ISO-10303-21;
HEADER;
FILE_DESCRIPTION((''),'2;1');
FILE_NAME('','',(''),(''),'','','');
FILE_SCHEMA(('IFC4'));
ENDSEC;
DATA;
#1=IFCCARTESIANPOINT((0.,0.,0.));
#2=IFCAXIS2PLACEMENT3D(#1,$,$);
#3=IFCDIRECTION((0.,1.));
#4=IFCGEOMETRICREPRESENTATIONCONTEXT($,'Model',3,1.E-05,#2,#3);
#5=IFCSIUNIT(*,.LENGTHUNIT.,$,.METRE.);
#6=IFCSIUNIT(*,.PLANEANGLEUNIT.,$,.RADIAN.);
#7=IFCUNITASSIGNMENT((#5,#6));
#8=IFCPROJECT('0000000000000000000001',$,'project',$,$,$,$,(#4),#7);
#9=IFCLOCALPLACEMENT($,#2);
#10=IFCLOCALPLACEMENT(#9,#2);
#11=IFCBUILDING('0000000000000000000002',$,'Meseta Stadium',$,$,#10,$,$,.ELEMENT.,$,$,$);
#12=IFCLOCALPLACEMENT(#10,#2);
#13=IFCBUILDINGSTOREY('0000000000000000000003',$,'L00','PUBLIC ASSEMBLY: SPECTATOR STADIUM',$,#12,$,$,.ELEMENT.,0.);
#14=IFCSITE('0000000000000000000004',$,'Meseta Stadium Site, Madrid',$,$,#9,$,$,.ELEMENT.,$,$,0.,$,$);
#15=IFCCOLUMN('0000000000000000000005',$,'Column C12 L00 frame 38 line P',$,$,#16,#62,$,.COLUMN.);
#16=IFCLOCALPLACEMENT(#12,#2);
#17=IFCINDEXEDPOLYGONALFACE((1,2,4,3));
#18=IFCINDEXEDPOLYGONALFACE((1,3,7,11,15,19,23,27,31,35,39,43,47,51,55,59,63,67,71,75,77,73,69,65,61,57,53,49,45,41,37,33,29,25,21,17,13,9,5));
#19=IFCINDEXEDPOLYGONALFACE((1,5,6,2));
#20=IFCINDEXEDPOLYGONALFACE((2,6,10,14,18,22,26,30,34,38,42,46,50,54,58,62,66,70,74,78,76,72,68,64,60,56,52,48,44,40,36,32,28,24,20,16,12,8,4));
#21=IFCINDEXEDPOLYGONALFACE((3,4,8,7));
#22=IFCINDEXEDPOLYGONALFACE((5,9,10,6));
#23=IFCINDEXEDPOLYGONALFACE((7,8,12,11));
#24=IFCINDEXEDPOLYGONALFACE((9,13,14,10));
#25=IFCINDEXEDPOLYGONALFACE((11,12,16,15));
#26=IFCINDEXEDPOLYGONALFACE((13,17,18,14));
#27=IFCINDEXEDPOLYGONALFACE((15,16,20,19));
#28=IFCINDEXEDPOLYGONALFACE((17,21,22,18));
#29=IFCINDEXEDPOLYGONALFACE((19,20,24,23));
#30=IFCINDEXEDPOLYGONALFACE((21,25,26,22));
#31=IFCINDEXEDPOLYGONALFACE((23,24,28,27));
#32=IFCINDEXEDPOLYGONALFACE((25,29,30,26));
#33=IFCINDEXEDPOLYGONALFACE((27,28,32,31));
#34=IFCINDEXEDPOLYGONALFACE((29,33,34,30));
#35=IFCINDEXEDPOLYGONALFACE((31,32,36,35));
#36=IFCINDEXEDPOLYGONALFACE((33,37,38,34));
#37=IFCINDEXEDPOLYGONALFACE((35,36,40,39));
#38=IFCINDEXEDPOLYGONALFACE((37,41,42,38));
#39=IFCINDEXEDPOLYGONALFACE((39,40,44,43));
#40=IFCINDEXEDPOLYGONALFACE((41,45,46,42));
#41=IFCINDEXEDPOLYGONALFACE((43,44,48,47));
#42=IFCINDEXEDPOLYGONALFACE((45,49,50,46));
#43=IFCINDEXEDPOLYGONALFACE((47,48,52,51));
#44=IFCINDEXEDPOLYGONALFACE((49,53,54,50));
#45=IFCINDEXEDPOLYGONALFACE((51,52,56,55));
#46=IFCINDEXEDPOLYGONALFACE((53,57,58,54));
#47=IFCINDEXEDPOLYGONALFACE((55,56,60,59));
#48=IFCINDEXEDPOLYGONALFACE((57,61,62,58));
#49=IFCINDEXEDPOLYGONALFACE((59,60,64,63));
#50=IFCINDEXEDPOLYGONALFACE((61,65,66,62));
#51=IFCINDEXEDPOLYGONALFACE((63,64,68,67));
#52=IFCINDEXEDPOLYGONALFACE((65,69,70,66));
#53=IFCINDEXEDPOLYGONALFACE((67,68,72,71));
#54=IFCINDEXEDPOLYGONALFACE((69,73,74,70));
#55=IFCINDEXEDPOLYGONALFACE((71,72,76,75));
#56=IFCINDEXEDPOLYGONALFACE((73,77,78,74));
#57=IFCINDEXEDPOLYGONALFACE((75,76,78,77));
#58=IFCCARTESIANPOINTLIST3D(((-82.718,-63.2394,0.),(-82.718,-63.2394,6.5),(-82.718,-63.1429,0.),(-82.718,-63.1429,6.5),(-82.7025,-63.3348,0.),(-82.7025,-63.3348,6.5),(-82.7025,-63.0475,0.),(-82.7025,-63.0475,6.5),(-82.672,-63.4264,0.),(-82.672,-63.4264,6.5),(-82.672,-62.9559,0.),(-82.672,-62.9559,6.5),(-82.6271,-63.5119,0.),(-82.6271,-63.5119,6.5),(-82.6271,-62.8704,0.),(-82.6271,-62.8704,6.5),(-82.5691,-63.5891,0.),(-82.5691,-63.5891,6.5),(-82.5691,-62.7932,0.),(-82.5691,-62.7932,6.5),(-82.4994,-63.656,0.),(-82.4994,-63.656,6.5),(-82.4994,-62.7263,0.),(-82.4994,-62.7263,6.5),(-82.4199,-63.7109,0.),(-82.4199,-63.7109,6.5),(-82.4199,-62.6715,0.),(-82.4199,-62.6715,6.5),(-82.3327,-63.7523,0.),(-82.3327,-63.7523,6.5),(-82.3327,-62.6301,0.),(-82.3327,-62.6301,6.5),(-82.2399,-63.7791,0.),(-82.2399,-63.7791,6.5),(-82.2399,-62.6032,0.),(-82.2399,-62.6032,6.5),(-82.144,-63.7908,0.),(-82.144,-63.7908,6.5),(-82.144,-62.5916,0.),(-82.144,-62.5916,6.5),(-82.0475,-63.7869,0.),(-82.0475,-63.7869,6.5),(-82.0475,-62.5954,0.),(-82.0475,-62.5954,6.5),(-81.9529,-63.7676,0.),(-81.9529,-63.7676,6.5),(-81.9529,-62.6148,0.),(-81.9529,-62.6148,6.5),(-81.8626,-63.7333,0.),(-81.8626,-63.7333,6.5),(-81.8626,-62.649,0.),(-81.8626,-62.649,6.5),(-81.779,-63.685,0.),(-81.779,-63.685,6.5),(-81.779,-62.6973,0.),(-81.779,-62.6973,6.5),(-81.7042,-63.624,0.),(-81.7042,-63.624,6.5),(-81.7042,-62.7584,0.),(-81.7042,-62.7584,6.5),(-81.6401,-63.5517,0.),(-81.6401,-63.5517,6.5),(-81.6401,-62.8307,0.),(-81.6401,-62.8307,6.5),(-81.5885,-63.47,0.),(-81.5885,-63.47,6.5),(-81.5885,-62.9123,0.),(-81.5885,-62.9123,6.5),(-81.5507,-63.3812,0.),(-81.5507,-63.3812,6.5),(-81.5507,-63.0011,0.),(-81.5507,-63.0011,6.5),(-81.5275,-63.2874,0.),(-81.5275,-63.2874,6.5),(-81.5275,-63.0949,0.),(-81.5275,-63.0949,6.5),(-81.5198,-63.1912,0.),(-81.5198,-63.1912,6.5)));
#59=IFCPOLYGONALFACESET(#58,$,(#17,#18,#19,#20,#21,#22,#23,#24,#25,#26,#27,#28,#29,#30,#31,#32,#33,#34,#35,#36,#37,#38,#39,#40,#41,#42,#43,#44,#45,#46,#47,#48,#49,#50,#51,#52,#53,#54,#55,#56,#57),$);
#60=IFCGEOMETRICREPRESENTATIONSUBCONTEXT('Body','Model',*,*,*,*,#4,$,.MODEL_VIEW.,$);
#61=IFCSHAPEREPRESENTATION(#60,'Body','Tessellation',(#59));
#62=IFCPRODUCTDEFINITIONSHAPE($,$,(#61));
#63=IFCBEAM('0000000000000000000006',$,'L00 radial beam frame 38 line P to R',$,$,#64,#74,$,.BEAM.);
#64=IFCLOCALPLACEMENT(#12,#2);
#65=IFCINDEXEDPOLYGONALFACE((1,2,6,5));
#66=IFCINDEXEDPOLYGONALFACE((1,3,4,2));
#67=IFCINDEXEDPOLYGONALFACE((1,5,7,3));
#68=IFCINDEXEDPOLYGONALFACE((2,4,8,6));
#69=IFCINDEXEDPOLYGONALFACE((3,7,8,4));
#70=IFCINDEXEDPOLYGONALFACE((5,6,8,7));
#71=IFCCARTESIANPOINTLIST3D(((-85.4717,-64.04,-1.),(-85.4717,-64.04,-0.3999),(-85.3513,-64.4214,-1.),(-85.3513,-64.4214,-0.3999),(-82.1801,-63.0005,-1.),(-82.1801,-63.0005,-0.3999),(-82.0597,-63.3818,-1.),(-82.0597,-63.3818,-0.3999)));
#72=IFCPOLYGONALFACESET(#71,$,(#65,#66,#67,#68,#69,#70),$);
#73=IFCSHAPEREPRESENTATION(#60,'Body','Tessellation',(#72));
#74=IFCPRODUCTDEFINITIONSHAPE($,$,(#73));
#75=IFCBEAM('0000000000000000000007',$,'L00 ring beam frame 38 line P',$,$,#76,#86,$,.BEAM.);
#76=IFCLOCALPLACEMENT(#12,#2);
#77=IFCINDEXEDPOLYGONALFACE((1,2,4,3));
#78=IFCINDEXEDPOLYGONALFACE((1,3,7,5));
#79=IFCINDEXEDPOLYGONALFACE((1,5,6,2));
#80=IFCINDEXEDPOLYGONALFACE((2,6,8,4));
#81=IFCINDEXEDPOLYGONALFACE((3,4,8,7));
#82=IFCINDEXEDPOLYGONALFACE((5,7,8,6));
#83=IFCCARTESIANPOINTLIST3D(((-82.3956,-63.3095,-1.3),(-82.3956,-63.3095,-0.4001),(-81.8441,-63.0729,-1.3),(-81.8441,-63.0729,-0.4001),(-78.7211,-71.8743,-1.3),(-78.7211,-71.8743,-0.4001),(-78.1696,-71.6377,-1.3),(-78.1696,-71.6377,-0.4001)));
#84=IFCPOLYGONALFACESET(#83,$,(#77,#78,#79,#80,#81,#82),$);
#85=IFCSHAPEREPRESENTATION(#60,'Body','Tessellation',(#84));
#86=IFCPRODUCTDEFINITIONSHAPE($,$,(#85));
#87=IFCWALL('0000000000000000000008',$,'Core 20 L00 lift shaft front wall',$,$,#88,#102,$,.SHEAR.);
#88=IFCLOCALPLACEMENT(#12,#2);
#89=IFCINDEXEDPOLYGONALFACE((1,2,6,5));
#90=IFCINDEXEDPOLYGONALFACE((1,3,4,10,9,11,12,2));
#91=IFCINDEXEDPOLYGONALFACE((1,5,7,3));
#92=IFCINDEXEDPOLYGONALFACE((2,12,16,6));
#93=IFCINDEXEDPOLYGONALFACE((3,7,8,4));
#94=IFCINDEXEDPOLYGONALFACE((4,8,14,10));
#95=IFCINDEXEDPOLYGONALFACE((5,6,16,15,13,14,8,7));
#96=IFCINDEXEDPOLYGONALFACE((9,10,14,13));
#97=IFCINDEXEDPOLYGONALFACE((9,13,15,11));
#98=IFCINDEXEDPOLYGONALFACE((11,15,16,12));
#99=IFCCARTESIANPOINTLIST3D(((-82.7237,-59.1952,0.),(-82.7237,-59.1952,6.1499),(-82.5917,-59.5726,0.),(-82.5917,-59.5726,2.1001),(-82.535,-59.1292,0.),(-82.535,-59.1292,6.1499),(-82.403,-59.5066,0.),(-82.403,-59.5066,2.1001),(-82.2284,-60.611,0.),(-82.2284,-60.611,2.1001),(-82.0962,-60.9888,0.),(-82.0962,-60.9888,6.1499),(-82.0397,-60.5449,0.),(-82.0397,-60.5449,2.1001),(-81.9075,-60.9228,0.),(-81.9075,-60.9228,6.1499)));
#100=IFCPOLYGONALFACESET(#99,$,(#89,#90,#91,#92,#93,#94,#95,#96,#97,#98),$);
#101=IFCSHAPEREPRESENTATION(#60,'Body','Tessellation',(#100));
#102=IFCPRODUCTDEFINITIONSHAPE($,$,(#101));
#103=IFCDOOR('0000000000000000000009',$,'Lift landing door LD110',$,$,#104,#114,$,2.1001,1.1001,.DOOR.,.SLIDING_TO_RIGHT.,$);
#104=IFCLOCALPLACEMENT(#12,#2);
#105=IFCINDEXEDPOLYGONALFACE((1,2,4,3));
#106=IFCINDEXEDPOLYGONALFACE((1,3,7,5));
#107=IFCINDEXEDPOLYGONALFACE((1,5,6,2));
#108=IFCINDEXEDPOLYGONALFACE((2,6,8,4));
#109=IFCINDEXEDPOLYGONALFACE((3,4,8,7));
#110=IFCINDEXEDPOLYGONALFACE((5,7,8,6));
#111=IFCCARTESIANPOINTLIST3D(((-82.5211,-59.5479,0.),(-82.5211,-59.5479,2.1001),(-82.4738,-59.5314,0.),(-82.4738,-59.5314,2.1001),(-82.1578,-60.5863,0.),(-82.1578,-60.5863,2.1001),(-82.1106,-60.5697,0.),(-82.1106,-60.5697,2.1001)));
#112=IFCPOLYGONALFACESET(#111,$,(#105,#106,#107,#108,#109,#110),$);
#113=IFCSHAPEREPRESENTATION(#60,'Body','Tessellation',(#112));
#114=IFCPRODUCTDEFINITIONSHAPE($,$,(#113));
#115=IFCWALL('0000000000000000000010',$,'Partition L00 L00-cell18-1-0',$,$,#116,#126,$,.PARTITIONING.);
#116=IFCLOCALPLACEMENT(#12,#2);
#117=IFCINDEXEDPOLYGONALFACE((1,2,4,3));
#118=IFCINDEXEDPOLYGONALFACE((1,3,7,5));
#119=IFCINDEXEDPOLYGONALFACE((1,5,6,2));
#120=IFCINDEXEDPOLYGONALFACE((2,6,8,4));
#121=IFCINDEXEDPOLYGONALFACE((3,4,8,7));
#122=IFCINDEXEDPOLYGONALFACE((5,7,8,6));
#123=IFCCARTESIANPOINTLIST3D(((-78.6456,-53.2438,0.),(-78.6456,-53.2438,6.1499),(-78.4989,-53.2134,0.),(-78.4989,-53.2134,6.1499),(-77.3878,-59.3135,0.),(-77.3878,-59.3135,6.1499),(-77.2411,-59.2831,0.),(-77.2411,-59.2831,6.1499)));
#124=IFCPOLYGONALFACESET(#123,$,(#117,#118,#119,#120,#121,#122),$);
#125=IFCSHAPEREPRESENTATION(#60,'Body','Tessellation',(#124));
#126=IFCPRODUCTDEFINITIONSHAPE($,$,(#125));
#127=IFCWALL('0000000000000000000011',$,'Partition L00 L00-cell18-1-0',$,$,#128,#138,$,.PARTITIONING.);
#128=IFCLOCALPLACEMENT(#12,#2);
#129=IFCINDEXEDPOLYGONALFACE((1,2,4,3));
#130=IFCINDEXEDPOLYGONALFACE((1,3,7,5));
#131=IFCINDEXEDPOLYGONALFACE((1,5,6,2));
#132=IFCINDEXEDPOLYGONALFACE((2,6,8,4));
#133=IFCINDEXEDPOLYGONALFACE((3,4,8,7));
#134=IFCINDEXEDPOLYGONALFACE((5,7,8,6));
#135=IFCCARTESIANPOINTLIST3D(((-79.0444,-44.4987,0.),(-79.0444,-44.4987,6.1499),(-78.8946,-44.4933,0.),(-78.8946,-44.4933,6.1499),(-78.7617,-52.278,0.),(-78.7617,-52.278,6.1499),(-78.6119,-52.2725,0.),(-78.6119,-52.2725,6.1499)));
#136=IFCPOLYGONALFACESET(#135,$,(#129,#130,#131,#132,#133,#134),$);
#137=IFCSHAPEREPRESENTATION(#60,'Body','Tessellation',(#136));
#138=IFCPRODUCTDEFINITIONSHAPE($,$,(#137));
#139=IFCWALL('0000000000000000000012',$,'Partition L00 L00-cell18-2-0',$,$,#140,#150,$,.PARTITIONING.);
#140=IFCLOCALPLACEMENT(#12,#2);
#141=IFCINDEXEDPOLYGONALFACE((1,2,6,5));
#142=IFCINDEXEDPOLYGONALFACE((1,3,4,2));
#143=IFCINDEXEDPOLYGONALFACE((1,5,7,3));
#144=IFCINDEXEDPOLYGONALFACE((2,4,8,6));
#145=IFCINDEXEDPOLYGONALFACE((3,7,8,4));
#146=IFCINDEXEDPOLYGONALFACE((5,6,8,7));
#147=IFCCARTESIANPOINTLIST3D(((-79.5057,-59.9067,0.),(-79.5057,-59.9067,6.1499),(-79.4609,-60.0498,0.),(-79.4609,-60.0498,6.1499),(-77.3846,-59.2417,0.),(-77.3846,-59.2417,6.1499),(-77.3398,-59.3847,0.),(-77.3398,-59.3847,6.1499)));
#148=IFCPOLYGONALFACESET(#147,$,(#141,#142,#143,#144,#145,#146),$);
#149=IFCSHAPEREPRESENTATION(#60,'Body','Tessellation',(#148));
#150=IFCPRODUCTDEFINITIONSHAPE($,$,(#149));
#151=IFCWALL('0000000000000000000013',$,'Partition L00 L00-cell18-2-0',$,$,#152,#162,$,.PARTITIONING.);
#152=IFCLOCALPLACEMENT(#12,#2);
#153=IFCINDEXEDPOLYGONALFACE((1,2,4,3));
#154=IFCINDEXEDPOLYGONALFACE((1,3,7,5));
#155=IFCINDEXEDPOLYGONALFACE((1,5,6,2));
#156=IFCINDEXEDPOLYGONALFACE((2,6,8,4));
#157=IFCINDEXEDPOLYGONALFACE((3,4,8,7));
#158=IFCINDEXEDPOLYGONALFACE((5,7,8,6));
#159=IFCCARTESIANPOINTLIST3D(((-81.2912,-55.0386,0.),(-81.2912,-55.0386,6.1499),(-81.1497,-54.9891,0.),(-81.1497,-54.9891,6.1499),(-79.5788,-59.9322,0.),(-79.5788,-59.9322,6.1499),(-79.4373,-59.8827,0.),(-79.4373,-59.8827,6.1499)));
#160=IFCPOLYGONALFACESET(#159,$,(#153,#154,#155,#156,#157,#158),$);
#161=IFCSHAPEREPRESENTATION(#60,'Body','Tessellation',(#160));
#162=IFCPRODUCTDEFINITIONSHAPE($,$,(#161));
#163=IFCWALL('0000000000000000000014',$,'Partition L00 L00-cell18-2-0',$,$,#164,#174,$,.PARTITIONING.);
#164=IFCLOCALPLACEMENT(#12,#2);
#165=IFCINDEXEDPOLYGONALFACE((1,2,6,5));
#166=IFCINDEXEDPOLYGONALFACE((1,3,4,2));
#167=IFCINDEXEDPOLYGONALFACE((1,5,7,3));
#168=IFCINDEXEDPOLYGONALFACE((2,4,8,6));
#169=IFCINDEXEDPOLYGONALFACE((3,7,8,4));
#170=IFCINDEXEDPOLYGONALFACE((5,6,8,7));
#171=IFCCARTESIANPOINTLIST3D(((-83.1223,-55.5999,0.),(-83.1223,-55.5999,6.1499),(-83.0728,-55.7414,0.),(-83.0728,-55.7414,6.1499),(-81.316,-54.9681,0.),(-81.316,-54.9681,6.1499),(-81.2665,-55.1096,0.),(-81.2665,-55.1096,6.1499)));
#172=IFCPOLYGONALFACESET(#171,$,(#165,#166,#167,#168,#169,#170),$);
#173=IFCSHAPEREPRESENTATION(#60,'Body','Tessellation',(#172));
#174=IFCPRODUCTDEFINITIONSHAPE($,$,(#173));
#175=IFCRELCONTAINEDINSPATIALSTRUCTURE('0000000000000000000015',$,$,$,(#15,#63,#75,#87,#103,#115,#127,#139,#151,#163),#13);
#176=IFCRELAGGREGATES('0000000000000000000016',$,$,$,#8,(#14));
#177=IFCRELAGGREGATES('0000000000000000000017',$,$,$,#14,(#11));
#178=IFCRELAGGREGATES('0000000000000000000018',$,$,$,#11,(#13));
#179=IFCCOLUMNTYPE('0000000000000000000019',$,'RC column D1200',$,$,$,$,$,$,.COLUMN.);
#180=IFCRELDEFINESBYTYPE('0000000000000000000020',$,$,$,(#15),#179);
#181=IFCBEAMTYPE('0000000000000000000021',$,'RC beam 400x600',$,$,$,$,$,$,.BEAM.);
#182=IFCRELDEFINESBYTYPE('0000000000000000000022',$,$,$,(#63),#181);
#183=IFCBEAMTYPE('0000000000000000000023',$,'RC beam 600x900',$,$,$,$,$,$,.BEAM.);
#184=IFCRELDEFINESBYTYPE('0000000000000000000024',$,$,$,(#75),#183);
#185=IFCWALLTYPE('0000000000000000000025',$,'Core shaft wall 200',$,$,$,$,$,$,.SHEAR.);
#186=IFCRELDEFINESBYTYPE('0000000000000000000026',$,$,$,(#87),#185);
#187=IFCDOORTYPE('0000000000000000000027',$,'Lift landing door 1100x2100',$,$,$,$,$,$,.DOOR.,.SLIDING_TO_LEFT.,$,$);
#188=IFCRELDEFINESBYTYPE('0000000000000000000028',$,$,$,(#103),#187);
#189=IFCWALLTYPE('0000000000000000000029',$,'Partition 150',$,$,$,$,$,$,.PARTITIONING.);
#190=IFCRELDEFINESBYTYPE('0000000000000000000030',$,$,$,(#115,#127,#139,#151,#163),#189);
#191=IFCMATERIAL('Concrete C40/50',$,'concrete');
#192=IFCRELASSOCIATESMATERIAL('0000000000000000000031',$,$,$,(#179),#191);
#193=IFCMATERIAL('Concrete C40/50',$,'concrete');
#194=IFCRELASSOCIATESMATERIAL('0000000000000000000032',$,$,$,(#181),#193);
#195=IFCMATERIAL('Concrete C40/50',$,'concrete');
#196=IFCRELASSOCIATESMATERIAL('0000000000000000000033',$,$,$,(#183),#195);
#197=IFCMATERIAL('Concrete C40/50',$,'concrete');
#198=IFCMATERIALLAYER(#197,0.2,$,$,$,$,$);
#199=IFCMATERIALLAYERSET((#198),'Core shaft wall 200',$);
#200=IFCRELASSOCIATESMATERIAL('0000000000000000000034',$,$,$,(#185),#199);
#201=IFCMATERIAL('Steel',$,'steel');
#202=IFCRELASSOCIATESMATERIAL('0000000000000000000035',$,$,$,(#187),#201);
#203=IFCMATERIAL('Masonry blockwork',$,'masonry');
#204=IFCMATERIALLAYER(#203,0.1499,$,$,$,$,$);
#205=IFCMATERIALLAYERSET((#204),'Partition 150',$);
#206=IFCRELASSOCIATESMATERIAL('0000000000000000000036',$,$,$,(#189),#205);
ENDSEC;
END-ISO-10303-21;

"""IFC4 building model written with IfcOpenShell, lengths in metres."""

from ifc_helpers import new_model, si_unit, direction, frame, frame_2d, origin, origin_2d, place, context, subcontext, project, spatial, rectangle, circle, extrude, material, layer, layer_set, material_profile, profile_set, type_object, element, fill, save


model = new_model("IFC4")

# Units and contexts
model_context = context("Model", 3, precision=1e-05, world=origin(), true_north=direction((0.0, 1.0)))
body_context = subcontext(model_context, "Body", "Model", "MODEL_VIEW")
ifc_project = project(units=[si_unit("LENGTHUNIT", "METRE"), si_unit("PLANEANGLEUNIT", "RADIAN")], contexts=[model_context])

# Site, building, storey
site_placement = place(None, origin())
site = spatial("IfcSite", under=ifc_project, at=site_placement, Name="Meseta Stadium Site, Madrid", CompositionType="ELEMENT", RefElevation=0.0)
building_placement = place(site_placement, origin())
building = spatial("IfcBuilding", under=site, at=building_placement, Name="Meseta Stadium", CompositionType="ELEMENT")
storey_placement = place(building_placement, origin())
storey = spatial("IfcBuildingStorey", under=building, at=storey_placement, Name="L00", Description="PUBLIC ASSEMBLY: SPECTATOR STADIUM", CompositionType="ELEMENT", Elevation=0.0)

# Column
ifc_material_1 = material(Name="Concrete C40/50", Category="concrete")
ifc_material_profile_1 = material_profile(ifc_material_1, circle(Radius=0.6001, at=origin_2d()), Name="RC D1200")
ifc_profile_set_1 = profile_set([ifc_material_profile_1], Name="Concrete C40/50")
column_type = type_object("IfcColumnType", Name="RC column D1200", PredefinedType="COLUMN", material=ifc_profile_set_1)
column_placement = place(storey_placement, frame((-82.1199, -63.1912, 0.0), z_axis=(0.0, 0.0, 1.0), x_axis=(1.0, 0.0, 0.0)))
element("IfcColumn", 1, at=column_placement, inside=storey, type_object=column_type, Name="Column C12 L00 frame 38 line P", PredefinedType="COLUMN", context=body_context, shape_type="SweptSolid", body=[
    extrude(circle(Radius=0.6001, at=origin_2d()), origin(), (0.0, 0.0, 1.0), 6.5),
])

# Beams
ifc_material_2 = material(Name="Concrete C40/50", Category="concrete")
ifc_material_profile_2 = material_profile(ifc_material_2, rectangle(XDim=0.3999, YDim=0.6001, at=origin_2d()), Name="RC 400x600")
ifc_profile_set_2 = profile_set([ifc_material_profile_2], Name="Concrete C40/50")
beam_type_1 = type_object("IfcBeamType", Name="RC beam 400x600", PredefinedType="BEAM", material=ifc_profile_set_2)
beam_1_placement = place(storey_placement, frame((-82.1199, -63.1912, -0.7), z_axis=(-0.953578, -0.301145, 0.0), x_axis=(0.301145, -0.953578, 0.0)))
element("IfcBeam", 2, at=beam_1_placement, inside=storey, type_object=beam_type_1, Name="L00 radial beam frame 38 line P to R", PredefinedType="BEAM", context=body_context, shape_type="SweptSolid", body=[
    extrude(rectangle(XDim=0.3999, YDim=0.6001, at=origin_2d()), origin(), (0.0, 0.0, 1.0), 3.4519),
])
ifc_material_3 = material(Name="Concrete C40/50", Category="concrete")
ifc_material_profile_3 = material_profile(ifc_material_3, rectangle(XDim=0.6001, YDim=0.8999, at=origin_2d()), Name="RC 600x900")
ifc_profile_set_3 = profile_set([ifc_material_profile_3], Name="Concrete C40/50")
beam_type_2 = type_object("IfcBeamType", Name="RC beam 600x900", PredefinedType="BEAM", material=ifc_profile_set_3)
beam_2_placement = place(storey_placement, frame((-82.1199, -63.1912, -0.8501), z_axis=(0.39427, -0.918995, 0.0), x_axis=(0.918995, 0.39427, 0.0)))
element("IfcBeam", 3, at=beam_2_placement, inside=storey, type_object=beam_type_2, Name="L00 ring beam frame 38 line P", PredefinedType="BEAM", context=body_context, shape_type="SweptSolid", body=[
    extrude(rectangle(XDim=0.6001, YDim=0.8999, at=origin_2d()), origin(), (0.0, 0.0, 1.0), 9.3198),
])

# Wall, opening, door
ifc_material_4 = material(Name="Concrete C40/50", Category="concrete")
ifc_layer_1 = layer(ifc_material_4, 0.2)
ifc_layer_set_1 = layer_set([ifc_layer_1], Name="Core shaft wall 200")
wall_type_1 = type_object("IfcWallType", Name="Core shaft wall 200", PredefinedType="SHEAR", material=ifc_layer_set_1)
wall_1_placement = place(storey_placement, frame((-82.6294, -59.1621, 0.0), z_axis=(0.0, 0.0, 1.0), x_axis=(0.330225, -0.943902, 0.0)))
wall_1 = element("IfcWall", 4, at=wall_1_placement, inside=storey, type_object=wall_type_1, Name="Core 20 L00 lift shaft front wall", PredefinedType="SHEAR", context=body_context, shape_type="SweptSolid", body=[
    extrude(rectangle(XDim=1.9001, YDim=0.2, at=frame_2d((0.9502, 0.0))), origin(), (0.0, 0.0, 1.0), 6.1499),
])
opening_1_placement = place(wall_1_placement, frame((0.3999, 0.0, 0.0)))
opening_1 = element("IfcOpeningElement", 5, at=opening_1_placement, cuts=wall_1, PredefinedType="OPENING", context=body_context, shape_type="SweptSolid", body=[
    extrude(rectangle(XDim=1.1001, YDim=2.1001, at=frame_2d((0.55, 1.05))), frame((0.0, 0.1099, 0.0), z_axis=(0.0, -1.0, 0.0), x_axis=(1.0, 0.0, 0.0)), (0.0, 0.0, 1.0), 0.22),
])
ifc_material_5 = material(Name="Steel", Category="steel")
door_type_1 = type_object("IfcDoorType", Name="Lift landing door 1100x2100", OperationType="SLIDING_TO_LEFT", PredefinedType="DOOR", material=ifc_material_5)
door_1_placement = place(opening_1_placement, origin())
door_1 = element("IfcDoor", 6, at=door_1_placement, inside=storey, type_object=door_type_1, Name="Lift landing door LD110", OperationType="SLIDING_TO_RIGHT", OverallHeight=2.1001, OverallWidth=1.1001, PredefinedType="DOOR", context=body_context, shape_type="SweptSolid", body=[
    extrude(rectangle(XDim=1.1001, YDim=2.1001, at=frame_2d((0.55, 1.05))), frame((0.0, 0.0249, 0.0), z_axis=(0.0, -1.0, 0.0), x_axis=(1.0, 0.0, 0.0)), (0.0, 0.0, 1.0), 0.05),
])
fill(opening_1, door_1)

# Walls
ifc_material_6 = material(Name="Masonry blockwork", Category="masonry")
ifc_layer_2 = layer(ifc_material_6, 0.1499)
ifc_layer_set_2 = layer_set([ifc_layer_2], Name="Partition 150")
wall_type_2 = type_object("IfcWallType", Name="Partition 150", PredefinedType="PARTITIONING", material=ifc_layer_set_2)
wall_2_placement = place(storey_placement, frame((-77.3145, -59.2983, 0.0), z_axis=(0.0, 0.0, 1.0), x_axis=(-0.202913, 0.979197, 0.0)))
element("IfcWall", 7, at=wall_2_placement, inside=storey, type_object=wall_type_2, Name="Partition L00 L00-cell18-1-0", PredefinedType="PARTITIONING", context=body_context, shape_type="SweptSolid", body=[
    extrude(rectangle(XDim=6.1987, YDim=0.1499, at=frame_2d((3.0994, 0.0))), origin(), (0.0, 0.0, 1.0), 6.1499),
])
wall_3_placement = place(storey_placement, frame((-78.6868, -52.2751, 0.0), z_axis=(0.0, 0.0, 1.0), x_axis=(-0.036318, 0.99934, 0.0)))
element("IfcWall", 8, at=wall_3_placement, inside=storey, type_object=wall_type_2, Name="Partition L00 L00-cell18-1-0", PredefinedType="PARTITIONING", context=body_context, shape_type="SweptSolid", body=[
    extrude(rectangle(XDim=7.7844, YDim=0.1499, at=frame_2d((3.8921, 0.0))), origin(), (0.0, 0.0, 1.0), 6.1499),
])
wall_4_placement = place(storey_placement, frame((-77.3623, -59.3132, 0.0), z_axis=(0.0, 0.0, 1.0), x_axis=(-0.954198, -0.299175, 0.0)))
element("IfcWall", 9, at=wall_4_placement, inside=storey, type_object=wall_type_2, Name="Partition L00 L00-cell18-2-0", PredefinedType="PARTITIONING", context=body_context, shape_type="SweptSolid", body=[
    extrude(rectangle(XDim=2.2229, YDim=0.1499, at=frame_2d((1.1113, 0.0))), origin(), (0.0, 0.0, 1.0), 6.1499),
])
wall_5_placement = place(storey_placement, frame((-79.5081, -59.9075, 0.0), z_axis=(0.0, 0.0, 1.0), x_axis=(-0.330292, 0.943879, 0.0)))
element("IfcWall", 10, at=wall_5_placement, inside=storey, type_object=wall_type_2, Name="Partition L00 L00-cell18-2-0", PredefinedType="PARTITIONING", context=body_context, shape_type="SweptSolid", body=[
    extrude(rectangle(XDim=5.1846, YDim=0.1499, at=frame_2d((2.5923, 0.0))), origin(), (0.0, 0.0, 1.0), 6.1499),
])
wall_6_placement = place(storey_placement, frame((-81.2913, -55.0388, 0.0), z_axis=(0.0, 0.0, 1.0), x_axis=(-0.94391, -0.330203, 0.0)))
element("IfcWall", 11, at=wall_6_placement, inside=storey, type_object=wall_type_2, Name="Partition L00 L00-cell18-2-0", PredefinedType="PARTITIONING", context=body_context, shape_type="SweptSolid", body=[
    extrude(rectangle(XDim=1.9136, YDim=0.1499, at=frame_2d((0.9568, 0.0))), origin(), (0.0, 0.0, 1.0), 6.1499),
])

save(model, "model.ifc")
